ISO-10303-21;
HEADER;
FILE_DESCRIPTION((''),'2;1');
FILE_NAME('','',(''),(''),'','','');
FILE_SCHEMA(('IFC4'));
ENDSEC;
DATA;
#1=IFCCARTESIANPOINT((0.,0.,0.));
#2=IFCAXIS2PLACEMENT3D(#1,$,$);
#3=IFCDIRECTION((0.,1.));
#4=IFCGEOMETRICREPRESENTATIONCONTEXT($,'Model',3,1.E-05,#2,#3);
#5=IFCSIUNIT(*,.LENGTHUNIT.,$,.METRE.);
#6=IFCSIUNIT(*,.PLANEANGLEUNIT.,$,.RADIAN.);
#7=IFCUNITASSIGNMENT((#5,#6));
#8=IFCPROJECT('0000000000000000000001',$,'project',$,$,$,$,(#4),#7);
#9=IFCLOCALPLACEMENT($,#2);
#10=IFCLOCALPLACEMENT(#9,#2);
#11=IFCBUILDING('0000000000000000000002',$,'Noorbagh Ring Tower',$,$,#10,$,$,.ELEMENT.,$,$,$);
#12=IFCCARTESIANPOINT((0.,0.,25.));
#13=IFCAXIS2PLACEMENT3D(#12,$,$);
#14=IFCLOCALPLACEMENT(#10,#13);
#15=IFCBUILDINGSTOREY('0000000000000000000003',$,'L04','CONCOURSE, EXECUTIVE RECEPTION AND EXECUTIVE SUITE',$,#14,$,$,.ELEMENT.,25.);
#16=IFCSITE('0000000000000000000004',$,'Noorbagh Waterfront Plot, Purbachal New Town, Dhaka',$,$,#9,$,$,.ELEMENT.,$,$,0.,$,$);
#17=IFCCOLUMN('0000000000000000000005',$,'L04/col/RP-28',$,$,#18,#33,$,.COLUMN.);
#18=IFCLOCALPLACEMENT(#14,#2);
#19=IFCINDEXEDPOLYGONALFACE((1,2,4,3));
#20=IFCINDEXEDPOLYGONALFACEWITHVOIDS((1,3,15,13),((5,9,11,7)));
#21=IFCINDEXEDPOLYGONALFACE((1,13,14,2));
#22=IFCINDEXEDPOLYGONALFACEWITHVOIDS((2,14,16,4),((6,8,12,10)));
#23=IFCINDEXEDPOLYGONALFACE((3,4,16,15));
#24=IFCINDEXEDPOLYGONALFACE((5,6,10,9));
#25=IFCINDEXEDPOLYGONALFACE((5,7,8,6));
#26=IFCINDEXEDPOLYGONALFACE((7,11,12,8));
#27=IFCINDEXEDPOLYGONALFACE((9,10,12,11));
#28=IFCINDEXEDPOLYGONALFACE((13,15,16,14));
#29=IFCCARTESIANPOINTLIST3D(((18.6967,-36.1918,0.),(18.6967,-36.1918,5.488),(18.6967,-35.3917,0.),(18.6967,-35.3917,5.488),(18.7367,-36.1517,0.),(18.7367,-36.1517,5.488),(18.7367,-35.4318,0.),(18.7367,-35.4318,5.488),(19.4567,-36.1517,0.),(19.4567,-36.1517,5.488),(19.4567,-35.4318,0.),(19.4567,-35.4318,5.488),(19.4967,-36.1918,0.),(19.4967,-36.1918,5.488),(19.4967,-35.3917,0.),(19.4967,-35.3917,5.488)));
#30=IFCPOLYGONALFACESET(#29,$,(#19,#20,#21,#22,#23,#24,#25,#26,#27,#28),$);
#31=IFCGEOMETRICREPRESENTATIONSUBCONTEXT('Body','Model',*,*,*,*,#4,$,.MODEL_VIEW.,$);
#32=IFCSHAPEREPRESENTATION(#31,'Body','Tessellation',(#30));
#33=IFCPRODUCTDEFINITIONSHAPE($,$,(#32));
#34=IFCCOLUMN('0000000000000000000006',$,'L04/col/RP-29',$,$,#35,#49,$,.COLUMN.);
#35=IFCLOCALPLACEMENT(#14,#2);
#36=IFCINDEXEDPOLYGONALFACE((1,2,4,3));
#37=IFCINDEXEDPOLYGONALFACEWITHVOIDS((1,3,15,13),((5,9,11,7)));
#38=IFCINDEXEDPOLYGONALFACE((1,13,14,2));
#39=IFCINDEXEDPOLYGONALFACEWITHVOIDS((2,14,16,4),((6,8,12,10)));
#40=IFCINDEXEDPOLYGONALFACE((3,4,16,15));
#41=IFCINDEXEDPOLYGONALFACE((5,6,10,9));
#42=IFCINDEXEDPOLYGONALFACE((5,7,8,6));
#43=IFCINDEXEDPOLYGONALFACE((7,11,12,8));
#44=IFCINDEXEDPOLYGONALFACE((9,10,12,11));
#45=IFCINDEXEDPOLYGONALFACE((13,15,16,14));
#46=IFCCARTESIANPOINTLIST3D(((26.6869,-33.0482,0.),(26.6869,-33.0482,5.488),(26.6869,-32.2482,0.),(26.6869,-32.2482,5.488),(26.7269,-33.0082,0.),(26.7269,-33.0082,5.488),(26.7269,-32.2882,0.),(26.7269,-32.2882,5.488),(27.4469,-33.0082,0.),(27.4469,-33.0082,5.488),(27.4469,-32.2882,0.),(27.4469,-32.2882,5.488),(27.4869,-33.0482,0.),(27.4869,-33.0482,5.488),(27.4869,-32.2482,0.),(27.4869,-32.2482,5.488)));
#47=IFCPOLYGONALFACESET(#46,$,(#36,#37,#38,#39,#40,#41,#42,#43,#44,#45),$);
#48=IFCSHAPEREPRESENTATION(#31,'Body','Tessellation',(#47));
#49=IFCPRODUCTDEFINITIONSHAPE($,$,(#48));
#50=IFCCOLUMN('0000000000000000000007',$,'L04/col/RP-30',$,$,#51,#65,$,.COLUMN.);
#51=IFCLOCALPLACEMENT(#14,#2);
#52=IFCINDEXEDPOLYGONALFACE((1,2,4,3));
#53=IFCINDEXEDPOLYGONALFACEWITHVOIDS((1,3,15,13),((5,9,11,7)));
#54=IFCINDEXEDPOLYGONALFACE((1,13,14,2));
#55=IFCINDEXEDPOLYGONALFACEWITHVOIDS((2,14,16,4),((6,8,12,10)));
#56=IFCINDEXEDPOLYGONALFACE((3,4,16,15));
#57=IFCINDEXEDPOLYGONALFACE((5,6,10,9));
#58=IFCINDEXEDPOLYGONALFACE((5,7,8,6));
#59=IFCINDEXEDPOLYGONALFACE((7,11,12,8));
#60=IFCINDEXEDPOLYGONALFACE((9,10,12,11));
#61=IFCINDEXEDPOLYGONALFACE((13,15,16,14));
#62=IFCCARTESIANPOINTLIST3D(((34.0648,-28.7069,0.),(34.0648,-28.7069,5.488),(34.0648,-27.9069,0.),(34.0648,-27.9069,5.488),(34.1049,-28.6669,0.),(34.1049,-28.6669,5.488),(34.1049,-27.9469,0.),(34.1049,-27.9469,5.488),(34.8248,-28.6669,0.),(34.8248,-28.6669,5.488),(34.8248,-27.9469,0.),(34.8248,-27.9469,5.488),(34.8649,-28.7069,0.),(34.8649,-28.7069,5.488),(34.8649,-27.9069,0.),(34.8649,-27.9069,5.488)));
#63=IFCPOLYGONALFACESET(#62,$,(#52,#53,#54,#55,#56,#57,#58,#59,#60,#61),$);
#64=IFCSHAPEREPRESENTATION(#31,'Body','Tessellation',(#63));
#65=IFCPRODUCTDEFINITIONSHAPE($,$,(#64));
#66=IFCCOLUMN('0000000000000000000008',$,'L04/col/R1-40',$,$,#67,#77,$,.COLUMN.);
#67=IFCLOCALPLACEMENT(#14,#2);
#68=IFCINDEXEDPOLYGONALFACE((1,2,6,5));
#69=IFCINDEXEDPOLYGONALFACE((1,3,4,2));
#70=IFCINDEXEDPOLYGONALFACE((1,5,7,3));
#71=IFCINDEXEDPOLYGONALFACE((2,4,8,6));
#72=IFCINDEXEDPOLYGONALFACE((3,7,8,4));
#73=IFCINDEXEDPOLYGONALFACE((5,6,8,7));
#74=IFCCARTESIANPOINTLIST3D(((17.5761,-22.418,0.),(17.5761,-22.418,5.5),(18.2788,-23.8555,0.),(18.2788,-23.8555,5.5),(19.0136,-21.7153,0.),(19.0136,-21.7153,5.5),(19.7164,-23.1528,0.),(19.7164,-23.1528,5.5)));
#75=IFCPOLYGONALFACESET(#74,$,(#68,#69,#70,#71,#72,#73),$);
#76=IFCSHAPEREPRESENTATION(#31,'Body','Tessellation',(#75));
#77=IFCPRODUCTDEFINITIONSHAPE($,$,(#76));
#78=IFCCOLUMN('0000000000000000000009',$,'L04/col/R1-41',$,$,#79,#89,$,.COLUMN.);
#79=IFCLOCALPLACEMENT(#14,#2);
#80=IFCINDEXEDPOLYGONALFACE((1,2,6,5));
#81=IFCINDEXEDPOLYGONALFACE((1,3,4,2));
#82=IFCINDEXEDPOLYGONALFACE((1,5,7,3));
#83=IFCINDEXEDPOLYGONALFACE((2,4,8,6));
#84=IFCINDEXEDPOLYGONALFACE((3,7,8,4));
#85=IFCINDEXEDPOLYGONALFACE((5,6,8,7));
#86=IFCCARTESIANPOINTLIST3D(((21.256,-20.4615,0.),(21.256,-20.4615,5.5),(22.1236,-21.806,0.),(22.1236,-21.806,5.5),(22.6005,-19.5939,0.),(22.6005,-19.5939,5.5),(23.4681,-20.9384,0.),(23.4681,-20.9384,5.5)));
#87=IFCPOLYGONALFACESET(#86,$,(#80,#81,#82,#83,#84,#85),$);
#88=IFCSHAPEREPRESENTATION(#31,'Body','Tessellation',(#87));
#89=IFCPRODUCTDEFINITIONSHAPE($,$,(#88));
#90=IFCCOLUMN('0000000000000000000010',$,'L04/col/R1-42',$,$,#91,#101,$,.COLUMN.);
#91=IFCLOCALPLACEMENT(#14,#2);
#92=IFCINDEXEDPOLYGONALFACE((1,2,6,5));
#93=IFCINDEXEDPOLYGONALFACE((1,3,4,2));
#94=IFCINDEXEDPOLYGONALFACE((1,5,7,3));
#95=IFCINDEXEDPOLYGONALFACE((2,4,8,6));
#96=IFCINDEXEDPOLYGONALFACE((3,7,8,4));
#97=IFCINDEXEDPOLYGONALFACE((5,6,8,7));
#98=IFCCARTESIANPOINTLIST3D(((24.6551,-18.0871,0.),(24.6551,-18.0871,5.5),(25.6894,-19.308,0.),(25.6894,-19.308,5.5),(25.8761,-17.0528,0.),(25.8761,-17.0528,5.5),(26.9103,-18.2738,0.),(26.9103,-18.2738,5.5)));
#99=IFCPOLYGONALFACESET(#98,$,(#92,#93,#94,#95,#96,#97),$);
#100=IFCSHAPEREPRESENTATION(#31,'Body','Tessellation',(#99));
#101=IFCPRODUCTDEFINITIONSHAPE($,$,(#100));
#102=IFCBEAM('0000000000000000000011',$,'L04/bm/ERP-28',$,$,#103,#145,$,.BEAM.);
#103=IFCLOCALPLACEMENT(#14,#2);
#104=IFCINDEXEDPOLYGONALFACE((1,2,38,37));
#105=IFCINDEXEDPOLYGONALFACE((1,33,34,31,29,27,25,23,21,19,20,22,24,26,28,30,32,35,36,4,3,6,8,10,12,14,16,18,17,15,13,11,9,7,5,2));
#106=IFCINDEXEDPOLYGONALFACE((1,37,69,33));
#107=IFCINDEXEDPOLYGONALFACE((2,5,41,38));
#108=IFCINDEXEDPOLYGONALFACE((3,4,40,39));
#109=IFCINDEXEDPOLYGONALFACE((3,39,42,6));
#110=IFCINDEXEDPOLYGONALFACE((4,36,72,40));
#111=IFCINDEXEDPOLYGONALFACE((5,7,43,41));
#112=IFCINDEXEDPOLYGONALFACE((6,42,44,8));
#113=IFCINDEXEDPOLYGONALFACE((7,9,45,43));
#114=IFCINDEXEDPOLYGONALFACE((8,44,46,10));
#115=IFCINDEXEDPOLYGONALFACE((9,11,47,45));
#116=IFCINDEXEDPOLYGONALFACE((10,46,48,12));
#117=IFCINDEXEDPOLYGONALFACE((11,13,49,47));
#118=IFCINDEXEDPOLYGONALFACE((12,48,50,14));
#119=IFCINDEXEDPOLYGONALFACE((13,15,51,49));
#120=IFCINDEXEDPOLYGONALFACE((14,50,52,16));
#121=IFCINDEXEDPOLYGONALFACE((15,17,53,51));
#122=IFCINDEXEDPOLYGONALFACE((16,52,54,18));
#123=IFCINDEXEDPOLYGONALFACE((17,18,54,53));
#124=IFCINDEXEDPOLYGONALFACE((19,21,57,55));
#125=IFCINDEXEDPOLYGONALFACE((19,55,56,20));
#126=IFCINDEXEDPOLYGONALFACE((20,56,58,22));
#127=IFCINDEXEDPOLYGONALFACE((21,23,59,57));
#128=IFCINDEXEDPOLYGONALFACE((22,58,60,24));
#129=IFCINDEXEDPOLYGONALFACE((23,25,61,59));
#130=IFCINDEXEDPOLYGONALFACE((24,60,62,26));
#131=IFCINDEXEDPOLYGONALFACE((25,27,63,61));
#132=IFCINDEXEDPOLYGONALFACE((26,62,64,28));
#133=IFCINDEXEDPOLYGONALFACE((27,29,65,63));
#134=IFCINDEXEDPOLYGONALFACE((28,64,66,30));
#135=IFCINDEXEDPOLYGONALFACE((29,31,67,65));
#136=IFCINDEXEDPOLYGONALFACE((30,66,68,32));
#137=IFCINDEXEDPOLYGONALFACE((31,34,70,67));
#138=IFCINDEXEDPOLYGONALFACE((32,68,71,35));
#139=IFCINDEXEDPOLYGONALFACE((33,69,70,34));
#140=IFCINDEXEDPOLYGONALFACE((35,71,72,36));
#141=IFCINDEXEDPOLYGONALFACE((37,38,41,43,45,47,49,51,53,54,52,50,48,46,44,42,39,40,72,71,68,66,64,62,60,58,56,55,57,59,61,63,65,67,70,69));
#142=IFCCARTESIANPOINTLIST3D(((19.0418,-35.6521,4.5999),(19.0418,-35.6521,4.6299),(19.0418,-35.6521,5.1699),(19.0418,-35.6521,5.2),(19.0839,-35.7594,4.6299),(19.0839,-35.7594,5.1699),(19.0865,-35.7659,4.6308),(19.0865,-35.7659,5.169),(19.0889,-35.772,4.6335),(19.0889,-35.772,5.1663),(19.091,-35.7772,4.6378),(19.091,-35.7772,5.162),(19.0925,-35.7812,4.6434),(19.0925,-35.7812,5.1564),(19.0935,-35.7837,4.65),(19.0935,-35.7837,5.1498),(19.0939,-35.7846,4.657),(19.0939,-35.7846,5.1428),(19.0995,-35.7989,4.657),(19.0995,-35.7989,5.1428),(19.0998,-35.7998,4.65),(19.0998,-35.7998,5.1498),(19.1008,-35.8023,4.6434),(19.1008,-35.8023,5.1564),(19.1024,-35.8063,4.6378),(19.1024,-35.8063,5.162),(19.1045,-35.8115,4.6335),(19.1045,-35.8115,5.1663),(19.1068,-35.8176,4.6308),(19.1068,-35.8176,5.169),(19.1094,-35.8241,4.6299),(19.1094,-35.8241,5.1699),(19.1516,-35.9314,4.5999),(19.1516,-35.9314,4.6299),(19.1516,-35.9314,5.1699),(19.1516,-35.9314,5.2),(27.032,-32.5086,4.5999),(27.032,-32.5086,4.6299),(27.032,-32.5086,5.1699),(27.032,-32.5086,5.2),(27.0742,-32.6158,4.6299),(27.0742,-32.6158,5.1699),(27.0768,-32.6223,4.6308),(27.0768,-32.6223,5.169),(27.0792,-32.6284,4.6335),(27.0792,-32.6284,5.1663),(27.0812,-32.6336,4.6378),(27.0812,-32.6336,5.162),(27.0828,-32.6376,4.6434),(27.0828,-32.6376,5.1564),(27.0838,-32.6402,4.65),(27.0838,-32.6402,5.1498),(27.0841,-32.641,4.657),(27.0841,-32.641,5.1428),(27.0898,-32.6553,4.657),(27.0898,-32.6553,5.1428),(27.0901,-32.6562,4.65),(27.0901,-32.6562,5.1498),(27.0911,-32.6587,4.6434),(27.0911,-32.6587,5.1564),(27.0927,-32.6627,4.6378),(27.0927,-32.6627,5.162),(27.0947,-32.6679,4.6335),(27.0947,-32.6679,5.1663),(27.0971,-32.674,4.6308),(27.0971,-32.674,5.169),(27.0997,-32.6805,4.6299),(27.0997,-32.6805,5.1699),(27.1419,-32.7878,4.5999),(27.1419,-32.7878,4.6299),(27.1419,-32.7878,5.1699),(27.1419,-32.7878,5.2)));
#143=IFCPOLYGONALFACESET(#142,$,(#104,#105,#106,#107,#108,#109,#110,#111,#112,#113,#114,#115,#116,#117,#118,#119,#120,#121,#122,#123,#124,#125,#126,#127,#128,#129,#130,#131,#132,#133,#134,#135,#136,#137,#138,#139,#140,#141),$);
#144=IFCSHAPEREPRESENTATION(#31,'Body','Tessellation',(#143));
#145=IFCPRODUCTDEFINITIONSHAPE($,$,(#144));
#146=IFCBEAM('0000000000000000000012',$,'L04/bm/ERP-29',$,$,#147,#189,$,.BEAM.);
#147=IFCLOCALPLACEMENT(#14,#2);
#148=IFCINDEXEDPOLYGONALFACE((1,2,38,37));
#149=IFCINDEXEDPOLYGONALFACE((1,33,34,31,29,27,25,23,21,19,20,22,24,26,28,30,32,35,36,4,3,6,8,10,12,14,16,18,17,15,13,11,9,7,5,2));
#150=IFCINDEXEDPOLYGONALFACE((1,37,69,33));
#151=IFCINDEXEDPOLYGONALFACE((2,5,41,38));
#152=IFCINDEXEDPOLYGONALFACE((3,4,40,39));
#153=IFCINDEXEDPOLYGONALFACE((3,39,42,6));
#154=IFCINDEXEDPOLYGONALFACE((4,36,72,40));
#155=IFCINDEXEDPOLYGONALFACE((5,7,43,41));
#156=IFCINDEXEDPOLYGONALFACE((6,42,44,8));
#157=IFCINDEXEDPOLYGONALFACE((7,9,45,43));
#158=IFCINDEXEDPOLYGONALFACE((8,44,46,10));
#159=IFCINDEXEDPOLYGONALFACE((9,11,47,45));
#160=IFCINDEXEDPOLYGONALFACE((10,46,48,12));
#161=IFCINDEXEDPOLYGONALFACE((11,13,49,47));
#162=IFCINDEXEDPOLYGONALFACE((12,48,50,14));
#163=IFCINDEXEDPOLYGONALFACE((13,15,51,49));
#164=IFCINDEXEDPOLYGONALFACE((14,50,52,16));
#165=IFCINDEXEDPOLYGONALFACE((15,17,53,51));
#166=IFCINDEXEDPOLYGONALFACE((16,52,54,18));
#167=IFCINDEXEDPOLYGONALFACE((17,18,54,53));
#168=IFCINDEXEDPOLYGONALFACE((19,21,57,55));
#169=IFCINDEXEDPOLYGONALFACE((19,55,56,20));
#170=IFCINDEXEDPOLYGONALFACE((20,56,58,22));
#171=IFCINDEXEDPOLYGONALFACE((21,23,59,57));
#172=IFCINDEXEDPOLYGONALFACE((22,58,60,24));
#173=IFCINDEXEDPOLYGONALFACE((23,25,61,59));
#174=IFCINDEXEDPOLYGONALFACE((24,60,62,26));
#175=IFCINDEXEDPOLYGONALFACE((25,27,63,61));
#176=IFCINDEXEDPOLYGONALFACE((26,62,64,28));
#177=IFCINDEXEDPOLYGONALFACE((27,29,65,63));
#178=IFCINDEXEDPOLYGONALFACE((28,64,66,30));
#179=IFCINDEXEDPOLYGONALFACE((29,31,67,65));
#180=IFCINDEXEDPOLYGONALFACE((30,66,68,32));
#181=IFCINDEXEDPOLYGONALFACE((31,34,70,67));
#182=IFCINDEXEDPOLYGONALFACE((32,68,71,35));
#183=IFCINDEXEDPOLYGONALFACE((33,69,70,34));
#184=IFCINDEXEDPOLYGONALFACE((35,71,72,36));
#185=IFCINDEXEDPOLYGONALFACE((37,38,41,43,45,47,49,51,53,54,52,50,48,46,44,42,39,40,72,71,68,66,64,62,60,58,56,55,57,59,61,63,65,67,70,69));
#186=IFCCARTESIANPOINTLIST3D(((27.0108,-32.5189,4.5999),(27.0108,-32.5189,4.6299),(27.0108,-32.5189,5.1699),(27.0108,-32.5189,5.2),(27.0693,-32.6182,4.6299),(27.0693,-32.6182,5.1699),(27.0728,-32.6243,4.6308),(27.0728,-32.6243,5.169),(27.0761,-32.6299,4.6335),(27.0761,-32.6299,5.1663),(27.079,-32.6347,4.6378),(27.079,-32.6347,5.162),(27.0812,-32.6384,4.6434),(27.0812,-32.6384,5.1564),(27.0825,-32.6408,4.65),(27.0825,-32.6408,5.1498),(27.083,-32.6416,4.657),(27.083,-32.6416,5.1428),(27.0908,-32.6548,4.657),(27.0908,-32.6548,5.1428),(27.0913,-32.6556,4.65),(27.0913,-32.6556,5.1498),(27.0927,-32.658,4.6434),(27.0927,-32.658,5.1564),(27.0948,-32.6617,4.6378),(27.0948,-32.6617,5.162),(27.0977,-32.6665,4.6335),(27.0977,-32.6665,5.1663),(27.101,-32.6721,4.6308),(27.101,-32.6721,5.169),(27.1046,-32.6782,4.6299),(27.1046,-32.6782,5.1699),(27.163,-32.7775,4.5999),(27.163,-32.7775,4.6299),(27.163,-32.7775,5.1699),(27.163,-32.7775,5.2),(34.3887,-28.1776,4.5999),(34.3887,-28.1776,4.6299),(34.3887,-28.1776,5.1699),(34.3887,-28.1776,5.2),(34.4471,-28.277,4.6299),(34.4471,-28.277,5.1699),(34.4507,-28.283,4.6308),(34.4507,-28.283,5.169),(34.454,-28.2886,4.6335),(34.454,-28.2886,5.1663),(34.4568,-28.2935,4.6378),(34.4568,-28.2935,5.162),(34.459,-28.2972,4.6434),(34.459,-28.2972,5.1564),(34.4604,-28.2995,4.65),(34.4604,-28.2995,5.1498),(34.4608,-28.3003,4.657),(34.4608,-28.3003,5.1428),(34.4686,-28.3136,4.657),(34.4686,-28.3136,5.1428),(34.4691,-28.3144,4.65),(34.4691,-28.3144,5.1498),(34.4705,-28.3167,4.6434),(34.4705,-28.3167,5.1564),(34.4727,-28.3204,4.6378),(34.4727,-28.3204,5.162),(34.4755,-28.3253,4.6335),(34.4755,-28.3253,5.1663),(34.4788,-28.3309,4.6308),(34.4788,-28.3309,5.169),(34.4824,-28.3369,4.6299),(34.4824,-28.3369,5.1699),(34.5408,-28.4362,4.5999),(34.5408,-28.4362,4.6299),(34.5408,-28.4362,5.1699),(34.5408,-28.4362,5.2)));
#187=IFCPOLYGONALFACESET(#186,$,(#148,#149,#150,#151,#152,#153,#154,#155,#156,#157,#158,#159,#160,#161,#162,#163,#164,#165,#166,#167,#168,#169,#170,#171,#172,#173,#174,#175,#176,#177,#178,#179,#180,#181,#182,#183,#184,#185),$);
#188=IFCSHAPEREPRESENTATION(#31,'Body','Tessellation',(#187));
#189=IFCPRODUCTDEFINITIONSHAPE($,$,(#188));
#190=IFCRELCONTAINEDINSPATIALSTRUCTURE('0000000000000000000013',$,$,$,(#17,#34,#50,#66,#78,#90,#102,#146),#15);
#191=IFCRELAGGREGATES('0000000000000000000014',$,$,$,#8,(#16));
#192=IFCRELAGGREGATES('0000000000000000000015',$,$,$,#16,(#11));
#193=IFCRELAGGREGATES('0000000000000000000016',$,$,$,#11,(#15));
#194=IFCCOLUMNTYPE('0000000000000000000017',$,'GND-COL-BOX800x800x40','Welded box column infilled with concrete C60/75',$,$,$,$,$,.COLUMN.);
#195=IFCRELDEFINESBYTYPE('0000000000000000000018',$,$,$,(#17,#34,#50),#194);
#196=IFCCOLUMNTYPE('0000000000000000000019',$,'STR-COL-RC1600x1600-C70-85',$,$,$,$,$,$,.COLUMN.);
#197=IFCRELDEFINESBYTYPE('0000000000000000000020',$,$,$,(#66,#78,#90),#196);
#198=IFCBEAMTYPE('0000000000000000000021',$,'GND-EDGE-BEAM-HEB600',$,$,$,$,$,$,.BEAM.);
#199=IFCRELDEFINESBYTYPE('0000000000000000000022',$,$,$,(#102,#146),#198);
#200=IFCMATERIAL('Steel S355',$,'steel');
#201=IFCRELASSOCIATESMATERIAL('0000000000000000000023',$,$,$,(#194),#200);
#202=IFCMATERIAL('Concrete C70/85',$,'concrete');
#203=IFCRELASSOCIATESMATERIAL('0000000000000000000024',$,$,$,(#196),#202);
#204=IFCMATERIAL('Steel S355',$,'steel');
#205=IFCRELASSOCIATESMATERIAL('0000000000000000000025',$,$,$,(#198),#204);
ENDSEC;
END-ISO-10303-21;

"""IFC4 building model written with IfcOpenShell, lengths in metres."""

from ifc_helpers import new_model, si_unit, direction, frame, origin, origin_2d, place, context, subcontext, project, spatial, rectangle, hollow_rectangle, i_section, extrude, material, material_profile, profile_set, type_object, element, save


model = new_model("IFC4")

# Units and contexts
model_context = context("Model", 3, precision=1e-05, world=origin(), true_north=direction((0.0, 1.0)))
body_context = subcontext(model_context, "Body", "Model", "MODEL_VIEW")
ifc_project = project(units=[si_unit("LENGTHUNIT", "METRE"), si_unit("PLANEANGLEUNIT", "RADIAN")], contexts=[model_context])

# Site, building, storey
site_placement = place(None, origin())
site = spatial("IfcSite", under=ifc_project, at=site_placement, Name="Noorbagh Waterfront Plot, Purbachal New Town, Dhaka", CompositionType="ELEMENT", RefElevation=0.0)
building_placement = place(site_placement, origin())
building = spatial("IfcBuilding", under=site, at=building_placement, Name="Noorbagh Ring Tower", CompositionType="ELEMENT")
storey_placement = place(building_placement, frame((0.0, 0.0, 25.0)))
storey = spatial("IfcBuildingStorey", under=building, at=storey_placement, Name="L04", Description="CONCOURSE, EXECUTIVE RECEPTION AND EXECUTIVE SUITE", CompositionType="ELEMENT", Elevation=25.0)

# Columns
ifc_material_1 = material(Name="Steel S355", Category="steel")
ifc_material_profile_1 = material_profile(ifc_material_1, hollow_rectangle(XDim=0.8, YDim=0.8, WallThickness=0.04, at=origin_2d()), Name="BOX800x800x40")
ifc_profile_set_1 = profile_set([ifc_material_profile_1], Name="Steel S355")
column_type_1 = type_object("IfcColumnType", Name="GND-COL-BOX800x800x40", Description="Welded box column infilled with concrete C60/75", PredefinedType="COLUMN", material=ifc_profile_set_1)
for number, where, z_axis, x_axis, name in (
    (1, (19.0967, -35.7917, 0.0), (0.0, 0.0, 1.0), (1.0, 0.0, 0.0), "L04/col/RP-28"),
    (2, (27.0869, -32.6482, 0.0), (0.0, 0.0, 1.0), (1.0, 0.0, 0.0), "L04/col/RP-29"),
    (3, (34.4648, -28.3069, 0.0), (0.0, 0.0, 1.0), (1.0, 0.0, 0.0), "L04/col/RP-30"),
):
    element("IfcColumn", number, at=place(storey_placement, frame(where, z_axis=z_axis, x_axis=x_axis)), inside=storey, type_object=column_type_1, Name=name, PredefinedType="COLUMN", context=body_context, shape_type="SweptSolid", body=[
        extrude(hollow_rectangle(XDim=0.8, YDim=0.8, WallThickness=0.04, at=origin_2d()), origin(), (0.0, 0.0, 1.0), 5.488),
    ])
ifc_material_2 = material(Name="Concrete C70/85", Category="concrete")
ifc_material_profile_2 = material_profile(ifc_material_2, rectangle(XDim=1.6001, YDim=1.6001, at=origin_2d()), Name="RC1600x1600")
ifc_profile_set_2 = profile_set([ifc_material_profile_2], Name="Concrete C70/85")
column_type_2 = type_object("IfcColumnType", Name="STR-COL-RC1600x1600-C70-85", PredefinedType="COLUMN", material=ifc_profile_set_2)
for number, where, z_axis, x_axis, name in (
    (4, (18.6462, -22.7854, 0.0), (0.0, 0.0, 1.0), (0.898399, 0.43918, 0.0), "L04/col/R1-40"),
    (5, (22.3621, -20.7, 0.0), (0.0, 0.0, 1.0), (0.840248, 0.542203, 0.0), "L04/col/R1-41"),
    (6, (25.7827, -18.1804, 0.0), (0.0, 0.0, 1.0), (0.763035, 0.646357, 0.0), "L04/col/R1-42"),
):
    element("IfcColumn", number, at=place(storey_placement, frame(where, z_axis=z_axis, x_axis=x_axis)), inside=storey, type_object=column_type_2, Name=name, PredefinedType="COLUMN", context=body_context, shape_type="SweptSolid", body=[
        extrude(rectangle(XDim=1.6001, YDim=1.6001, at=origin_2d()), origin(), (0.0, 0.0, 1.0), 5.5),
    ])

# Beams
ifc_material_3 = material(Name="Steel S355", Category="steel")
ifc_material_profile_3 = material_profile(ifc_material_3, i_section(OverallWidth=0.3, OverallDepth=0.6001, WebThickness=0.0154, FlangeThickness=0.03, FilletRadius=0.0271, at=origin_2d()), Name="HEB600")
ifc_profile_set_3 = profile_set([ifc_material_profile_3], Name="Steel S355")
beam_type_1 = type_object("IfcBeamType", Name="GND-EDGE-BEAM-HEB600", PredefinedType="BEAM", material=ifc_profile_set_3)
beam_1_placement = place(storey_placement, frame((19.0967, -35.7917, 4.8999), z_axis=(0.930572, 0.36611, 0.0), x_axis=(-0.36611, 0.930572, 0.0)))
element("IfcBeam", 7, at=beam_1_placement, inside=storey, type_object=beam_type_1, Name="L04/bm/ERP-28", PredefinedType="BEAM", context=body_context, shape_type="SweptSolid", body=[
    extrude(i_section(OverallWidth=0.3, OverallDepth=0.6001, WebThickness=0.0154, FlangeThickness=0.03, FilletRadius=0.0271, at=origin_2d()), origin(), (0.0, 0.0, 1.0), 8.5864),
])
beam_2_placement = place(storey_placement, frame((27.0869, -32.6482, 4.8999), z_axis=(0.861865, 0.507137, 0.0), x_axis=(-0.507137, 0.861865, 0.0)))
element("IfcBeam", 8, at=beam_2_placement, inside=storey, type_object=beam_type_1, Name="L04/bm/ERP-29", PredefinedType="BEAM", context=body_context, shape_type="SweptSolid", body=[
    extrude(i_section(OverallWidth=0.3, OverallDepth=0.6001, WebThickness=0.0154, FlangeThickness=0.03, FilletRadius=0.0271, at=origin_2d()), origin(), (0.0, 0.0, 1.0), 8.5603),
])

save(model, "model.ifc")
